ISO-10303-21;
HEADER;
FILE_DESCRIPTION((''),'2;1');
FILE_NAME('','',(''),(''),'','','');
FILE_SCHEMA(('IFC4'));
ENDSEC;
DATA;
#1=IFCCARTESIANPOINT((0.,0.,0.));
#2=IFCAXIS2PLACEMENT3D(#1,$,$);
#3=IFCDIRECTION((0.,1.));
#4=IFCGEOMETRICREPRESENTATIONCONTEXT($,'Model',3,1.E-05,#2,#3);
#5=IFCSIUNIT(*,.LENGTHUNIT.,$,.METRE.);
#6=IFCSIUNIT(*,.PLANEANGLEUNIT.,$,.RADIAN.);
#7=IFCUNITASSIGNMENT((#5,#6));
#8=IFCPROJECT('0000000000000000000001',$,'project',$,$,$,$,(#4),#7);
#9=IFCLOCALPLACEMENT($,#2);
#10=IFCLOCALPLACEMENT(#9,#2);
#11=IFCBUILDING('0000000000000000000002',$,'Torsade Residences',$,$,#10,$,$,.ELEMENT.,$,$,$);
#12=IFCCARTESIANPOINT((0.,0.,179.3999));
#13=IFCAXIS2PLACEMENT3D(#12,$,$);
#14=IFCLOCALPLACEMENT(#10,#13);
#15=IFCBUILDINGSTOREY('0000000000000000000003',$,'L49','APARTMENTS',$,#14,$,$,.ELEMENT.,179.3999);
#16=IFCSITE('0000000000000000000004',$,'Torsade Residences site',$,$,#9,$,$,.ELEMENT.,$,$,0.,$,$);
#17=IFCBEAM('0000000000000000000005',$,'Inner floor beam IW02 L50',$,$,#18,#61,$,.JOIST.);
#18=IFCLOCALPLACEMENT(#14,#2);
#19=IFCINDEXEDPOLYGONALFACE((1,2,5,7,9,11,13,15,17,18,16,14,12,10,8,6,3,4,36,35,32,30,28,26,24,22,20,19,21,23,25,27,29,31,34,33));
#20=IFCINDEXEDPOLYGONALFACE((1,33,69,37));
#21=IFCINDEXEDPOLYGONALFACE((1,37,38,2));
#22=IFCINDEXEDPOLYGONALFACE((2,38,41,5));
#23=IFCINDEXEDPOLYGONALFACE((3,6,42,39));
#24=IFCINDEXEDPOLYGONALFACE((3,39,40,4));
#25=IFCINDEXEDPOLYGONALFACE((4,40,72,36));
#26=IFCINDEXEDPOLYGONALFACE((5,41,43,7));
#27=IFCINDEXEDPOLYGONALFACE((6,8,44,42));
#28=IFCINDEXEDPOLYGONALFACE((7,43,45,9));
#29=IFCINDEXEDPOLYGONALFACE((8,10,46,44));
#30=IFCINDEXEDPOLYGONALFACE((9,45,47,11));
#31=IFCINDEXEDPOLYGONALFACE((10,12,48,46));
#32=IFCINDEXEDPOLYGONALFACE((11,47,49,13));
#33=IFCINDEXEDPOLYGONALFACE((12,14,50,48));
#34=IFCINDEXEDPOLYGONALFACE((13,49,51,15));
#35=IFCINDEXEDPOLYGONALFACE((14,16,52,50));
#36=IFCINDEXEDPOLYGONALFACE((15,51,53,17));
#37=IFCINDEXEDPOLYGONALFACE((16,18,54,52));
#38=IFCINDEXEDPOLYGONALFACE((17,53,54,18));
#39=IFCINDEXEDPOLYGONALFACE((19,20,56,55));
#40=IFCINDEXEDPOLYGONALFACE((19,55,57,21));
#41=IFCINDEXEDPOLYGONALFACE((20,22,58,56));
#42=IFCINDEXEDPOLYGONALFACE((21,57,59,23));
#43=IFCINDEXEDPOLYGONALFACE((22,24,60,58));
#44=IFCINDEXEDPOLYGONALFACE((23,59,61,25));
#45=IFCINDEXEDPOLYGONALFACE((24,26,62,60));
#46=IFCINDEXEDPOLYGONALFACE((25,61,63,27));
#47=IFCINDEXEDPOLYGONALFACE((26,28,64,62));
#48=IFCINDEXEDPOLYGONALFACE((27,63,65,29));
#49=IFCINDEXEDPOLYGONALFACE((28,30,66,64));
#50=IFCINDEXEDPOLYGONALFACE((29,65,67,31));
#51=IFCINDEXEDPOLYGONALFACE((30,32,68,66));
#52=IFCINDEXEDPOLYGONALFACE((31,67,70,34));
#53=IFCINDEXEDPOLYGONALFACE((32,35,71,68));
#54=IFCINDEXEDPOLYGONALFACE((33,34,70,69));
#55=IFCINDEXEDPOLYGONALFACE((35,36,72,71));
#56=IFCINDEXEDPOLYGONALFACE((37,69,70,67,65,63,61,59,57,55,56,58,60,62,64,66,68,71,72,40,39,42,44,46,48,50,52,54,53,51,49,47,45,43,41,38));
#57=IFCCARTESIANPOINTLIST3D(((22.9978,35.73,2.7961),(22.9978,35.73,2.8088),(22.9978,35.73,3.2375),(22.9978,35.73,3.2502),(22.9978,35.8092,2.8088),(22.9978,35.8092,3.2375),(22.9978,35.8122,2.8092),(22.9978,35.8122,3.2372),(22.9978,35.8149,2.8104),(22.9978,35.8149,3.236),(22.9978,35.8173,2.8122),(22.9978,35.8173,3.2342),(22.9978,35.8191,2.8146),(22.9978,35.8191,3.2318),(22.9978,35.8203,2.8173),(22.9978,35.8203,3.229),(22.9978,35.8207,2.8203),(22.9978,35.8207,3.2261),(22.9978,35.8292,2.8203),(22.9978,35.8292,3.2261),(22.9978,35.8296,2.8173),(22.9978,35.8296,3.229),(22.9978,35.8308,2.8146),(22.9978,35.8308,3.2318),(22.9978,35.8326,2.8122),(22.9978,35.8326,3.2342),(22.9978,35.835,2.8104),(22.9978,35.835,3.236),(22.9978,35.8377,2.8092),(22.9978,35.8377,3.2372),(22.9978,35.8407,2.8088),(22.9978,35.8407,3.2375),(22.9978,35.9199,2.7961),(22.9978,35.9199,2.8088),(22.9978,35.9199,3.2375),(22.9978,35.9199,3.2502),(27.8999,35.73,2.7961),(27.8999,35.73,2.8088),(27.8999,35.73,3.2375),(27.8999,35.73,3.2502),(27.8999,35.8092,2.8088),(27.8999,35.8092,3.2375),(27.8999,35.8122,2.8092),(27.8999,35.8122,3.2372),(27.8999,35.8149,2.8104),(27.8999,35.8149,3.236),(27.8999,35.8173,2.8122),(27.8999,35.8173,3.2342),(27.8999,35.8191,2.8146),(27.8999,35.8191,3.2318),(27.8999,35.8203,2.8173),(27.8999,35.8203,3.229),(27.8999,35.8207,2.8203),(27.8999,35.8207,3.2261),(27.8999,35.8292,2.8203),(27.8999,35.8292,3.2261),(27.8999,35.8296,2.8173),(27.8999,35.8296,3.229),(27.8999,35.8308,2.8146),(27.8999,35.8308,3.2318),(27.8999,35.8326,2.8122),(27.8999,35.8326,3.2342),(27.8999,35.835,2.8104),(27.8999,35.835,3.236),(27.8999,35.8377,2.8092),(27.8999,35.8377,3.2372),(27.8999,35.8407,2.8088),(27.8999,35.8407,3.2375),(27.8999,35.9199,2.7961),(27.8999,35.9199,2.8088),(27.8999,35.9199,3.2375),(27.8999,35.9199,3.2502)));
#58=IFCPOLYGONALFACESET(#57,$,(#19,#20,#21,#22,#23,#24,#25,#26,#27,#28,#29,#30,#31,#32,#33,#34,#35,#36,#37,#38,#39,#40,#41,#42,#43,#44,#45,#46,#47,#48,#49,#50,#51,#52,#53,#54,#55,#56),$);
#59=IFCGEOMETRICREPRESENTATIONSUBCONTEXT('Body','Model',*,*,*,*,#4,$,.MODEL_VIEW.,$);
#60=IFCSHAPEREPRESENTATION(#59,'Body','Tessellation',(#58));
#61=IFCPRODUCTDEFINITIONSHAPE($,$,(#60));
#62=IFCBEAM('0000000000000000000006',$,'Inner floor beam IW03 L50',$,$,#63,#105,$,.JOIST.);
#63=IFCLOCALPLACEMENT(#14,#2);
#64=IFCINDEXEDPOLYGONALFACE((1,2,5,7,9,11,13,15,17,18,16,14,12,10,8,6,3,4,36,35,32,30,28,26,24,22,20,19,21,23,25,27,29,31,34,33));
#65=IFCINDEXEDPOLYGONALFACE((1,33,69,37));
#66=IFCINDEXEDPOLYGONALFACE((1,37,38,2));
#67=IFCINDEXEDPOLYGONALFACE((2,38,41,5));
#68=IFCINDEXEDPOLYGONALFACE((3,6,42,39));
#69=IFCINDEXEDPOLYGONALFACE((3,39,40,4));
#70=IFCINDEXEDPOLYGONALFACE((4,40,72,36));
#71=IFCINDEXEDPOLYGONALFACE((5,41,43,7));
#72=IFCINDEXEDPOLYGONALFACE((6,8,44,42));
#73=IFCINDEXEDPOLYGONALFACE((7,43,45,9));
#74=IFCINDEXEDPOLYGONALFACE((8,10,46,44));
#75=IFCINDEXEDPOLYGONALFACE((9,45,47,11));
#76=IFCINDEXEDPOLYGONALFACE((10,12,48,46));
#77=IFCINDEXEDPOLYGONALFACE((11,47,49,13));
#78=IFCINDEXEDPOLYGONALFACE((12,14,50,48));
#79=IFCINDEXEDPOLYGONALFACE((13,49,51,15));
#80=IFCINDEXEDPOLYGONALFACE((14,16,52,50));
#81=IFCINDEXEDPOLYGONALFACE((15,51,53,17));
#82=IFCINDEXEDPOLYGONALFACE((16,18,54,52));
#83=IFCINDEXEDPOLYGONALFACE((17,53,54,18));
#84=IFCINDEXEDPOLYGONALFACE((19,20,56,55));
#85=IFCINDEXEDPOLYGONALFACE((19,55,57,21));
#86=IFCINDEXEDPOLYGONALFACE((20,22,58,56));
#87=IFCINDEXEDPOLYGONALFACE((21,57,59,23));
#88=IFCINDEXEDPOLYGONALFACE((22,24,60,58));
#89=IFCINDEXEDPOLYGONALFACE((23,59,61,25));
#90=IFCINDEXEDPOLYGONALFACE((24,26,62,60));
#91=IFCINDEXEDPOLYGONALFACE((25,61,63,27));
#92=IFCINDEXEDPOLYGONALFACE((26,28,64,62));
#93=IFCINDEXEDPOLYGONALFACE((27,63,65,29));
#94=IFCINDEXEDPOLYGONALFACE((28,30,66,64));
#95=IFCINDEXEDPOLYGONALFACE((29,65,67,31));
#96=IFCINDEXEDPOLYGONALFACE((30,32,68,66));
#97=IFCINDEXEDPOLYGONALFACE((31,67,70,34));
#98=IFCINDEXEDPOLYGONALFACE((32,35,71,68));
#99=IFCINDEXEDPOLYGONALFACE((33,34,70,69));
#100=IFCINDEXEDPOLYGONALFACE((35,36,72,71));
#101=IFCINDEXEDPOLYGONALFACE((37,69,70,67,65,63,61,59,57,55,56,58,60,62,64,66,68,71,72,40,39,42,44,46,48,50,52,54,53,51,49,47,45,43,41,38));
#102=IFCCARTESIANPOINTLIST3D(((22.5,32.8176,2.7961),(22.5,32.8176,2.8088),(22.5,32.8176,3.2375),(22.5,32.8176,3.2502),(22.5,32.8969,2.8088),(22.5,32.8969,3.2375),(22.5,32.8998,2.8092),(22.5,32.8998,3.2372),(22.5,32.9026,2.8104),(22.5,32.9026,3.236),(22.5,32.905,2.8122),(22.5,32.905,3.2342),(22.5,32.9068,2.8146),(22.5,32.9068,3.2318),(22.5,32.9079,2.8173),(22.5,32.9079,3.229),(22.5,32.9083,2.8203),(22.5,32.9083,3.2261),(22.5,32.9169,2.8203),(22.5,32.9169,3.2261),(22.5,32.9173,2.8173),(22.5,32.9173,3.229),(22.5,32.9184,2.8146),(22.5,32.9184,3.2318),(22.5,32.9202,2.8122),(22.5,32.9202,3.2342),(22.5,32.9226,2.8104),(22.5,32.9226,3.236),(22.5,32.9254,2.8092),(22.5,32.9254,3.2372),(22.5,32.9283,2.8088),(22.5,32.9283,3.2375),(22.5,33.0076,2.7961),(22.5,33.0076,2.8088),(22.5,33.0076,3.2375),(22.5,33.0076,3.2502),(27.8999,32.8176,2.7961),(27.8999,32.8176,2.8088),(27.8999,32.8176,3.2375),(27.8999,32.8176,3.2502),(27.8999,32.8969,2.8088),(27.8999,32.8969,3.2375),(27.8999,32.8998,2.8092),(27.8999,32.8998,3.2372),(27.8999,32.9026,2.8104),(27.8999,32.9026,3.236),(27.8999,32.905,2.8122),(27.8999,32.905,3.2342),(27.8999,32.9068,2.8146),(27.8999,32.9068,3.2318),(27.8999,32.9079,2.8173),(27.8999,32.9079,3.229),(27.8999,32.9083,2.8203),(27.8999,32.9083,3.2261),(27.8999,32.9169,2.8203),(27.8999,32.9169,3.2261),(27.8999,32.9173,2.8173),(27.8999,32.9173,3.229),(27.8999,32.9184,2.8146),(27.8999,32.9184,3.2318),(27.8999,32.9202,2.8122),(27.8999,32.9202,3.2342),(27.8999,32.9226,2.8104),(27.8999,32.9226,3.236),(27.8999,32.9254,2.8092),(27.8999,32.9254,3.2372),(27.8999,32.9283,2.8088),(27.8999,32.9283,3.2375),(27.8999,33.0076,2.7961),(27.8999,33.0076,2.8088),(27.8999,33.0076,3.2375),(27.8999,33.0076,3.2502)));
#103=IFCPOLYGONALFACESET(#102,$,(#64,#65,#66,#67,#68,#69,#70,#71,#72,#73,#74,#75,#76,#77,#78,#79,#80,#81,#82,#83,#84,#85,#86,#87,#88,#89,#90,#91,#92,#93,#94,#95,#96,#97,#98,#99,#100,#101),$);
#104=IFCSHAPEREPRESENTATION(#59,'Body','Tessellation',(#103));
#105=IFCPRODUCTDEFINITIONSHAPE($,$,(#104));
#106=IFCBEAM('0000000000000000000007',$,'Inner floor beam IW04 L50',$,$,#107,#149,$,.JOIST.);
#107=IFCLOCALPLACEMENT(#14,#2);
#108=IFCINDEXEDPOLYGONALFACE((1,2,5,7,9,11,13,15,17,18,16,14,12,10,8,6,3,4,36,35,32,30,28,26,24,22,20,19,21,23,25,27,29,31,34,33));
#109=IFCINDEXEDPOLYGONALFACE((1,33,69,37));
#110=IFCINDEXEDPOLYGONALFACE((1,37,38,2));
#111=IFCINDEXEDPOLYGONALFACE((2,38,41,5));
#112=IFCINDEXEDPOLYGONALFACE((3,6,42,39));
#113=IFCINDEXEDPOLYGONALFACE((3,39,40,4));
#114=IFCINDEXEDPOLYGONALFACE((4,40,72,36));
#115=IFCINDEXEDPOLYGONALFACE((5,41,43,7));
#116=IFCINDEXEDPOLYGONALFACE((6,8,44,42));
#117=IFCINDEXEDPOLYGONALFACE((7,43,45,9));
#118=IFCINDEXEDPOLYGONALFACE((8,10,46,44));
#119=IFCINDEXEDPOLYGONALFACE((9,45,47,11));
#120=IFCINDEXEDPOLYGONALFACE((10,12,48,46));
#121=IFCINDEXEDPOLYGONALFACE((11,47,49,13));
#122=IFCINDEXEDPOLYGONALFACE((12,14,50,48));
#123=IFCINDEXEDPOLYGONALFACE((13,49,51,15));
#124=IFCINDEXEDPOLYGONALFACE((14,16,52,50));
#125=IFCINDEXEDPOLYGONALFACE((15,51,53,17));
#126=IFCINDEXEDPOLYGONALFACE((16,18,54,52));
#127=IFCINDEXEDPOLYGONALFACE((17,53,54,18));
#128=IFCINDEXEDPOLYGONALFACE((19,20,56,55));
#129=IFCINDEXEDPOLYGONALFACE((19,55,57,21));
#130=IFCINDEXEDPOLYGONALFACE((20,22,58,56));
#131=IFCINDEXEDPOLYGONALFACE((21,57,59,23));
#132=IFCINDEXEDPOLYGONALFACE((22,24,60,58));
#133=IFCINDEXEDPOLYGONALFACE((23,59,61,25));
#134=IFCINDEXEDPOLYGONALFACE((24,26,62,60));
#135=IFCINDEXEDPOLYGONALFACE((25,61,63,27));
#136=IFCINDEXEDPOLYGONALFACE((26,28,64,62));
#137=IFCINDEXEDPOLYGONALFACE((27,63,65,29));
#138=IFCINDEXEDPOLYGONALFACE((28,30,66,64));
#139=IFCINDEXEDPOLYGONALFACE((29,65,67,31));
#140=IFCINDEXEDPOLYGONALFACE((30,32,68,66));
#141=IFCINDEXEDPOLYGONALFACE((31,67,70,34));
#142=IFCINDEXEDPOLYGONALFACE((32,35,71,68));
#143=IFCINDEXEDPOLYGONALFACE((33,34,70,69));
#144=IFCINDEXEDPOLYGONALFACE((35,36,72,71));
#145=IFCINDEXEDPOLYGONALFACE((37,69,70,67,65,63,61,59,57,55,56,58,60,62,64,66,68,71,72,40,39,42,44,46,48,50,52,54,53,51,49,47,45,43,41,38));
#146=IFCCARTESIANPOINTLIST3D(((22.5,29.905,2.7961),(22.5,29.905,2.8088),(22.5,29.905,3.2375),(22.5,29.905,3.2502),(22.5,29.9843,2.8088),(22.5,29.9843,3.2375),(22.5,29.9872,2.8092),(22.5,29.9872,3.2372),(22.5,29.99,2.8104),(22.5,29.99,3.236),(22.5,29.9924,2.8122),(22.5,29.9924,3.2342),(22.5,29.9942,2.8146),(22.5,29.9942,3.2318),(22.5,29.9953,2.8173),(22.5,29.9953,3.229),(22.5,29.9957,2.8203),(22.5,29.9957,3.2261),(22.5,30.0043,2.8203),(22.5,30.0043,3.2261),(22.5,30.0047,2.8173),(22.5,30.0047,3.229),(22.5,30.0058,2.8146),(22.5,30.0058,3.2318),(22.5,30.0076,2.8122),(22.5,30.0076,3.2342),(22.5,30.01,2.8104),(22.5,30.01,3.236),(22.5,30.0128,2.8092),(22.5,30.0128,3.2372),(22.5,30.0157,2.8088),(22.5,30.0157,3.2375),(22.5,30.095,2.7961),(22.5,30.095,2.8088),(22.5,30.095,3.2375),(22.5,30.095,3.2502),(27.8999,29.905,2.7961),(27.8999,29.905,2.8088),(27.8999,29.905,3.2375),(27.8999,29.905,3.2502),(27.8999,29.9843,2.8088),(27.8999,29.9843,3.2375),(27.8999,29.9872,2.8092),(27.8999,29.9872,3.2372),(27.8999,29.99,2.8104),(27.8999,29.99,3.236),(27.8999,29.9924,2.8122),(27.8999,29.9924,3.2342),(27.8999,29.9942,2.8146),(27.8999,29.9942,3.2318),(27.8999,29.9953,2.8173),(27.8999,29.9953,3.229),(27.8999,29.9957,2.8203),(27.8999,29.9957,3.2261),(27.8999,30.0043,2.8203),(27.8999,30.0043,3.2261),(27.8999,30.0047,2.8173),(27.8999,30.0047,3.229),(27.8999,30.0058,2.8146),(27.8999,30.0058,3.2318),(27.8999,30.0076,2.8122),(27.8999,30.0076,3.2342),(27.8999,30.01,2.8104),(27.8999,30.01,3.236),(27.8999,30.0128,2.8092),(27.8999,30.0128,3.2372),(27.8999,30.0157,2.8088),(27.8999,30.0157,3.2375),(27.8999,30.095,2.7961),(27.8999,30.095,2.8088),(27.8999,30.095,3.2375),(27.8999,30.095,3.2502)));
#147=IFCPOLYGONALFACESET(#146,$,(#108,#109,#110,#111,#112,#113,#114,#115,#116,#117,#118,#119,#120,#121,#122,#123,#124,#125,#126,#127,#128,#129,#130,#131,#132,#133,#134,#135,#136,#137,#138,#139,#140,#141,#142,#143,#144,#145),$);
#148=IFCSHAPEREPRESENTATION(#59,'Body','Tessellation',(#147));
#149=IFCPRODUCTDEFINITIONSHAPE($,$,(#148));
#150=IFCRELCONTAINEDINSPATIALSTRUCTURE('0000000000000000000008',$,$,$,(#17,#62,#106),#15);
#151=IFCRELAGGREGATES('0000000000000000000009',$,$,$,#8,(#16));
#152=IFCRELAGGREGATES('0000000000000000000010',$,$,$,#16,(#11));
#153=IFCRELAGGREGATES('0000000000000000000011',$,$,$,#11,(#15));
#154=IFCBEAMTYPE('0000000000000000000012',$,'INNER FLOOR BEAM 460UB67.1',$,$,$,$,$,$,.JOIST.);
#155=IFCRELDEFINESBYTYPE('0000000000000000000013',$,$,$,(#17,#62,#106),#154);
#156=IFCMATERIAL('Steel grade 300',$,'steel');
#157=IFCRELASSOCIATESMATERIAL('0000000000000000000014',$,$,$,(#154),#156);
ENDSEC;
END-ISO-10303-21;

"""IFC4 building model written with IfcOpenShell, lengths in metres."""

from ifc_helpers import new_model, si_unit, direction, frame, origin, origin_2d, place, context, subcontext, project, spatial, i_section, extrude, material, material_profile, profile_set, type_object, element, save


model = new_model("IFC4")

# Units and contexts
model_context = context("Model", 3, precision=1e-05, world=origin(), true_north=direction((0.0, 1.0)))
body_context = subcontext(model_context, "Body", "Model", "MODEL_VIEW")
ifc_project = project(units=[si_unit("LENGTHUNIT", "METRE"), si_unit("PLANEANGLEUNIT", "RADIAN")], contexts=[model_context])

# Site, building, storey
site_placement = place(None, origin())
site = spatial("IfcSite", under=ifc_project, at=site_placement, Name="Torsade Residences site", CompositionType="ELEMENT", RefElevation=0.0)
building_placement = place(site_placement, origin())
building = spatial("IfcBuilding", under=site, at=building_placement, Name="Torsade Residences", CompositionType="ELEMENT")
storey_placement = place(building_placement, frame((0.0, 0.0, 179.3999)))
storey = spatial("IfcBuildingStorey", under=building, at=storey_placement, Name="L49", Description="APARTMENTS", CompositionType="ELEMENT", Elevation=179.3999)

# Beams
ifc_material_1 = material(Name="Steel grade 300", Category="steel")
ifc_material_profile = material_profile(ifc_material_1, i_section(OverallWidth=0.1899, OverallDepth=0.4541, WebThickness=0.0085, FlangeThickness=0.0127, FilletRadius=0.0115, at=origin_2d()), Name="460UB67.1")
ifc_profile_set = profile_set([ifc_material_profile], Name="Steel grade 300")
beam_type = type_object("IfcBeamType", Name="INNER FLOOR BEAM 460UB67.1", PredefinedType="JOIST", material=ifc_profile_set)
beam_placement = place(storey_placement, frame((27.8999, 35.825, 3.0232), z_axis=(-1.0, 0.0, 0.0), x_axis=(0.0, -1.0, 0.0)))
element("IfcBeam", 1, at=beam_placement, inside=storey, type_object=beam_type, Name="Inner floor beam IW02 L50", PredefinedType="JOIST", context=body_context, shape_type="SweptSolid", body=[
    extrude(i_section(OverallWidth=0.1899, OverallDepth=0.4541, WebThickness=0.0085, FlangeThickness=0.0127, FilletRadius=0.0115, at=origin_2d()), origin(), (0.0, 0.0, 1.0), 4.9021),
])
for number, where, z_axis, x_axis, name in (
    (2, (27.8999, 32.9126, 3.0232), (-1.0, 0.0, 0.0), (0.0, -1.0, 0.0), "Inner floor beam IW03 L50"),
    (3, (27.8999, 30.0, 3.0232), (-1.0, 0.0, 0.0), (0.0, -1.0, 0.0), "Inner floor beam IW04 L50"),
):
    element("IfcBeam", number, at=place(storey_placement, frame(where, z_axis=z_axis, x_axis=x_axis)), inside=storey, type_object=beam_type, Name=name, PredefinedType="JOIST", context=body_context, shape_type="SweptSolid", body=[
        extrude(i_section(OverallWidth=0.1899, OverallDepth=0.4541, WebThickness=0.0085, FlangeThickness=0.0127, FilletRadius=0.0115, at=origin_2d()), origin(), (0.0, 0.0, 1.0), 5.3999),
    ])

save(model, "model.ifc")
